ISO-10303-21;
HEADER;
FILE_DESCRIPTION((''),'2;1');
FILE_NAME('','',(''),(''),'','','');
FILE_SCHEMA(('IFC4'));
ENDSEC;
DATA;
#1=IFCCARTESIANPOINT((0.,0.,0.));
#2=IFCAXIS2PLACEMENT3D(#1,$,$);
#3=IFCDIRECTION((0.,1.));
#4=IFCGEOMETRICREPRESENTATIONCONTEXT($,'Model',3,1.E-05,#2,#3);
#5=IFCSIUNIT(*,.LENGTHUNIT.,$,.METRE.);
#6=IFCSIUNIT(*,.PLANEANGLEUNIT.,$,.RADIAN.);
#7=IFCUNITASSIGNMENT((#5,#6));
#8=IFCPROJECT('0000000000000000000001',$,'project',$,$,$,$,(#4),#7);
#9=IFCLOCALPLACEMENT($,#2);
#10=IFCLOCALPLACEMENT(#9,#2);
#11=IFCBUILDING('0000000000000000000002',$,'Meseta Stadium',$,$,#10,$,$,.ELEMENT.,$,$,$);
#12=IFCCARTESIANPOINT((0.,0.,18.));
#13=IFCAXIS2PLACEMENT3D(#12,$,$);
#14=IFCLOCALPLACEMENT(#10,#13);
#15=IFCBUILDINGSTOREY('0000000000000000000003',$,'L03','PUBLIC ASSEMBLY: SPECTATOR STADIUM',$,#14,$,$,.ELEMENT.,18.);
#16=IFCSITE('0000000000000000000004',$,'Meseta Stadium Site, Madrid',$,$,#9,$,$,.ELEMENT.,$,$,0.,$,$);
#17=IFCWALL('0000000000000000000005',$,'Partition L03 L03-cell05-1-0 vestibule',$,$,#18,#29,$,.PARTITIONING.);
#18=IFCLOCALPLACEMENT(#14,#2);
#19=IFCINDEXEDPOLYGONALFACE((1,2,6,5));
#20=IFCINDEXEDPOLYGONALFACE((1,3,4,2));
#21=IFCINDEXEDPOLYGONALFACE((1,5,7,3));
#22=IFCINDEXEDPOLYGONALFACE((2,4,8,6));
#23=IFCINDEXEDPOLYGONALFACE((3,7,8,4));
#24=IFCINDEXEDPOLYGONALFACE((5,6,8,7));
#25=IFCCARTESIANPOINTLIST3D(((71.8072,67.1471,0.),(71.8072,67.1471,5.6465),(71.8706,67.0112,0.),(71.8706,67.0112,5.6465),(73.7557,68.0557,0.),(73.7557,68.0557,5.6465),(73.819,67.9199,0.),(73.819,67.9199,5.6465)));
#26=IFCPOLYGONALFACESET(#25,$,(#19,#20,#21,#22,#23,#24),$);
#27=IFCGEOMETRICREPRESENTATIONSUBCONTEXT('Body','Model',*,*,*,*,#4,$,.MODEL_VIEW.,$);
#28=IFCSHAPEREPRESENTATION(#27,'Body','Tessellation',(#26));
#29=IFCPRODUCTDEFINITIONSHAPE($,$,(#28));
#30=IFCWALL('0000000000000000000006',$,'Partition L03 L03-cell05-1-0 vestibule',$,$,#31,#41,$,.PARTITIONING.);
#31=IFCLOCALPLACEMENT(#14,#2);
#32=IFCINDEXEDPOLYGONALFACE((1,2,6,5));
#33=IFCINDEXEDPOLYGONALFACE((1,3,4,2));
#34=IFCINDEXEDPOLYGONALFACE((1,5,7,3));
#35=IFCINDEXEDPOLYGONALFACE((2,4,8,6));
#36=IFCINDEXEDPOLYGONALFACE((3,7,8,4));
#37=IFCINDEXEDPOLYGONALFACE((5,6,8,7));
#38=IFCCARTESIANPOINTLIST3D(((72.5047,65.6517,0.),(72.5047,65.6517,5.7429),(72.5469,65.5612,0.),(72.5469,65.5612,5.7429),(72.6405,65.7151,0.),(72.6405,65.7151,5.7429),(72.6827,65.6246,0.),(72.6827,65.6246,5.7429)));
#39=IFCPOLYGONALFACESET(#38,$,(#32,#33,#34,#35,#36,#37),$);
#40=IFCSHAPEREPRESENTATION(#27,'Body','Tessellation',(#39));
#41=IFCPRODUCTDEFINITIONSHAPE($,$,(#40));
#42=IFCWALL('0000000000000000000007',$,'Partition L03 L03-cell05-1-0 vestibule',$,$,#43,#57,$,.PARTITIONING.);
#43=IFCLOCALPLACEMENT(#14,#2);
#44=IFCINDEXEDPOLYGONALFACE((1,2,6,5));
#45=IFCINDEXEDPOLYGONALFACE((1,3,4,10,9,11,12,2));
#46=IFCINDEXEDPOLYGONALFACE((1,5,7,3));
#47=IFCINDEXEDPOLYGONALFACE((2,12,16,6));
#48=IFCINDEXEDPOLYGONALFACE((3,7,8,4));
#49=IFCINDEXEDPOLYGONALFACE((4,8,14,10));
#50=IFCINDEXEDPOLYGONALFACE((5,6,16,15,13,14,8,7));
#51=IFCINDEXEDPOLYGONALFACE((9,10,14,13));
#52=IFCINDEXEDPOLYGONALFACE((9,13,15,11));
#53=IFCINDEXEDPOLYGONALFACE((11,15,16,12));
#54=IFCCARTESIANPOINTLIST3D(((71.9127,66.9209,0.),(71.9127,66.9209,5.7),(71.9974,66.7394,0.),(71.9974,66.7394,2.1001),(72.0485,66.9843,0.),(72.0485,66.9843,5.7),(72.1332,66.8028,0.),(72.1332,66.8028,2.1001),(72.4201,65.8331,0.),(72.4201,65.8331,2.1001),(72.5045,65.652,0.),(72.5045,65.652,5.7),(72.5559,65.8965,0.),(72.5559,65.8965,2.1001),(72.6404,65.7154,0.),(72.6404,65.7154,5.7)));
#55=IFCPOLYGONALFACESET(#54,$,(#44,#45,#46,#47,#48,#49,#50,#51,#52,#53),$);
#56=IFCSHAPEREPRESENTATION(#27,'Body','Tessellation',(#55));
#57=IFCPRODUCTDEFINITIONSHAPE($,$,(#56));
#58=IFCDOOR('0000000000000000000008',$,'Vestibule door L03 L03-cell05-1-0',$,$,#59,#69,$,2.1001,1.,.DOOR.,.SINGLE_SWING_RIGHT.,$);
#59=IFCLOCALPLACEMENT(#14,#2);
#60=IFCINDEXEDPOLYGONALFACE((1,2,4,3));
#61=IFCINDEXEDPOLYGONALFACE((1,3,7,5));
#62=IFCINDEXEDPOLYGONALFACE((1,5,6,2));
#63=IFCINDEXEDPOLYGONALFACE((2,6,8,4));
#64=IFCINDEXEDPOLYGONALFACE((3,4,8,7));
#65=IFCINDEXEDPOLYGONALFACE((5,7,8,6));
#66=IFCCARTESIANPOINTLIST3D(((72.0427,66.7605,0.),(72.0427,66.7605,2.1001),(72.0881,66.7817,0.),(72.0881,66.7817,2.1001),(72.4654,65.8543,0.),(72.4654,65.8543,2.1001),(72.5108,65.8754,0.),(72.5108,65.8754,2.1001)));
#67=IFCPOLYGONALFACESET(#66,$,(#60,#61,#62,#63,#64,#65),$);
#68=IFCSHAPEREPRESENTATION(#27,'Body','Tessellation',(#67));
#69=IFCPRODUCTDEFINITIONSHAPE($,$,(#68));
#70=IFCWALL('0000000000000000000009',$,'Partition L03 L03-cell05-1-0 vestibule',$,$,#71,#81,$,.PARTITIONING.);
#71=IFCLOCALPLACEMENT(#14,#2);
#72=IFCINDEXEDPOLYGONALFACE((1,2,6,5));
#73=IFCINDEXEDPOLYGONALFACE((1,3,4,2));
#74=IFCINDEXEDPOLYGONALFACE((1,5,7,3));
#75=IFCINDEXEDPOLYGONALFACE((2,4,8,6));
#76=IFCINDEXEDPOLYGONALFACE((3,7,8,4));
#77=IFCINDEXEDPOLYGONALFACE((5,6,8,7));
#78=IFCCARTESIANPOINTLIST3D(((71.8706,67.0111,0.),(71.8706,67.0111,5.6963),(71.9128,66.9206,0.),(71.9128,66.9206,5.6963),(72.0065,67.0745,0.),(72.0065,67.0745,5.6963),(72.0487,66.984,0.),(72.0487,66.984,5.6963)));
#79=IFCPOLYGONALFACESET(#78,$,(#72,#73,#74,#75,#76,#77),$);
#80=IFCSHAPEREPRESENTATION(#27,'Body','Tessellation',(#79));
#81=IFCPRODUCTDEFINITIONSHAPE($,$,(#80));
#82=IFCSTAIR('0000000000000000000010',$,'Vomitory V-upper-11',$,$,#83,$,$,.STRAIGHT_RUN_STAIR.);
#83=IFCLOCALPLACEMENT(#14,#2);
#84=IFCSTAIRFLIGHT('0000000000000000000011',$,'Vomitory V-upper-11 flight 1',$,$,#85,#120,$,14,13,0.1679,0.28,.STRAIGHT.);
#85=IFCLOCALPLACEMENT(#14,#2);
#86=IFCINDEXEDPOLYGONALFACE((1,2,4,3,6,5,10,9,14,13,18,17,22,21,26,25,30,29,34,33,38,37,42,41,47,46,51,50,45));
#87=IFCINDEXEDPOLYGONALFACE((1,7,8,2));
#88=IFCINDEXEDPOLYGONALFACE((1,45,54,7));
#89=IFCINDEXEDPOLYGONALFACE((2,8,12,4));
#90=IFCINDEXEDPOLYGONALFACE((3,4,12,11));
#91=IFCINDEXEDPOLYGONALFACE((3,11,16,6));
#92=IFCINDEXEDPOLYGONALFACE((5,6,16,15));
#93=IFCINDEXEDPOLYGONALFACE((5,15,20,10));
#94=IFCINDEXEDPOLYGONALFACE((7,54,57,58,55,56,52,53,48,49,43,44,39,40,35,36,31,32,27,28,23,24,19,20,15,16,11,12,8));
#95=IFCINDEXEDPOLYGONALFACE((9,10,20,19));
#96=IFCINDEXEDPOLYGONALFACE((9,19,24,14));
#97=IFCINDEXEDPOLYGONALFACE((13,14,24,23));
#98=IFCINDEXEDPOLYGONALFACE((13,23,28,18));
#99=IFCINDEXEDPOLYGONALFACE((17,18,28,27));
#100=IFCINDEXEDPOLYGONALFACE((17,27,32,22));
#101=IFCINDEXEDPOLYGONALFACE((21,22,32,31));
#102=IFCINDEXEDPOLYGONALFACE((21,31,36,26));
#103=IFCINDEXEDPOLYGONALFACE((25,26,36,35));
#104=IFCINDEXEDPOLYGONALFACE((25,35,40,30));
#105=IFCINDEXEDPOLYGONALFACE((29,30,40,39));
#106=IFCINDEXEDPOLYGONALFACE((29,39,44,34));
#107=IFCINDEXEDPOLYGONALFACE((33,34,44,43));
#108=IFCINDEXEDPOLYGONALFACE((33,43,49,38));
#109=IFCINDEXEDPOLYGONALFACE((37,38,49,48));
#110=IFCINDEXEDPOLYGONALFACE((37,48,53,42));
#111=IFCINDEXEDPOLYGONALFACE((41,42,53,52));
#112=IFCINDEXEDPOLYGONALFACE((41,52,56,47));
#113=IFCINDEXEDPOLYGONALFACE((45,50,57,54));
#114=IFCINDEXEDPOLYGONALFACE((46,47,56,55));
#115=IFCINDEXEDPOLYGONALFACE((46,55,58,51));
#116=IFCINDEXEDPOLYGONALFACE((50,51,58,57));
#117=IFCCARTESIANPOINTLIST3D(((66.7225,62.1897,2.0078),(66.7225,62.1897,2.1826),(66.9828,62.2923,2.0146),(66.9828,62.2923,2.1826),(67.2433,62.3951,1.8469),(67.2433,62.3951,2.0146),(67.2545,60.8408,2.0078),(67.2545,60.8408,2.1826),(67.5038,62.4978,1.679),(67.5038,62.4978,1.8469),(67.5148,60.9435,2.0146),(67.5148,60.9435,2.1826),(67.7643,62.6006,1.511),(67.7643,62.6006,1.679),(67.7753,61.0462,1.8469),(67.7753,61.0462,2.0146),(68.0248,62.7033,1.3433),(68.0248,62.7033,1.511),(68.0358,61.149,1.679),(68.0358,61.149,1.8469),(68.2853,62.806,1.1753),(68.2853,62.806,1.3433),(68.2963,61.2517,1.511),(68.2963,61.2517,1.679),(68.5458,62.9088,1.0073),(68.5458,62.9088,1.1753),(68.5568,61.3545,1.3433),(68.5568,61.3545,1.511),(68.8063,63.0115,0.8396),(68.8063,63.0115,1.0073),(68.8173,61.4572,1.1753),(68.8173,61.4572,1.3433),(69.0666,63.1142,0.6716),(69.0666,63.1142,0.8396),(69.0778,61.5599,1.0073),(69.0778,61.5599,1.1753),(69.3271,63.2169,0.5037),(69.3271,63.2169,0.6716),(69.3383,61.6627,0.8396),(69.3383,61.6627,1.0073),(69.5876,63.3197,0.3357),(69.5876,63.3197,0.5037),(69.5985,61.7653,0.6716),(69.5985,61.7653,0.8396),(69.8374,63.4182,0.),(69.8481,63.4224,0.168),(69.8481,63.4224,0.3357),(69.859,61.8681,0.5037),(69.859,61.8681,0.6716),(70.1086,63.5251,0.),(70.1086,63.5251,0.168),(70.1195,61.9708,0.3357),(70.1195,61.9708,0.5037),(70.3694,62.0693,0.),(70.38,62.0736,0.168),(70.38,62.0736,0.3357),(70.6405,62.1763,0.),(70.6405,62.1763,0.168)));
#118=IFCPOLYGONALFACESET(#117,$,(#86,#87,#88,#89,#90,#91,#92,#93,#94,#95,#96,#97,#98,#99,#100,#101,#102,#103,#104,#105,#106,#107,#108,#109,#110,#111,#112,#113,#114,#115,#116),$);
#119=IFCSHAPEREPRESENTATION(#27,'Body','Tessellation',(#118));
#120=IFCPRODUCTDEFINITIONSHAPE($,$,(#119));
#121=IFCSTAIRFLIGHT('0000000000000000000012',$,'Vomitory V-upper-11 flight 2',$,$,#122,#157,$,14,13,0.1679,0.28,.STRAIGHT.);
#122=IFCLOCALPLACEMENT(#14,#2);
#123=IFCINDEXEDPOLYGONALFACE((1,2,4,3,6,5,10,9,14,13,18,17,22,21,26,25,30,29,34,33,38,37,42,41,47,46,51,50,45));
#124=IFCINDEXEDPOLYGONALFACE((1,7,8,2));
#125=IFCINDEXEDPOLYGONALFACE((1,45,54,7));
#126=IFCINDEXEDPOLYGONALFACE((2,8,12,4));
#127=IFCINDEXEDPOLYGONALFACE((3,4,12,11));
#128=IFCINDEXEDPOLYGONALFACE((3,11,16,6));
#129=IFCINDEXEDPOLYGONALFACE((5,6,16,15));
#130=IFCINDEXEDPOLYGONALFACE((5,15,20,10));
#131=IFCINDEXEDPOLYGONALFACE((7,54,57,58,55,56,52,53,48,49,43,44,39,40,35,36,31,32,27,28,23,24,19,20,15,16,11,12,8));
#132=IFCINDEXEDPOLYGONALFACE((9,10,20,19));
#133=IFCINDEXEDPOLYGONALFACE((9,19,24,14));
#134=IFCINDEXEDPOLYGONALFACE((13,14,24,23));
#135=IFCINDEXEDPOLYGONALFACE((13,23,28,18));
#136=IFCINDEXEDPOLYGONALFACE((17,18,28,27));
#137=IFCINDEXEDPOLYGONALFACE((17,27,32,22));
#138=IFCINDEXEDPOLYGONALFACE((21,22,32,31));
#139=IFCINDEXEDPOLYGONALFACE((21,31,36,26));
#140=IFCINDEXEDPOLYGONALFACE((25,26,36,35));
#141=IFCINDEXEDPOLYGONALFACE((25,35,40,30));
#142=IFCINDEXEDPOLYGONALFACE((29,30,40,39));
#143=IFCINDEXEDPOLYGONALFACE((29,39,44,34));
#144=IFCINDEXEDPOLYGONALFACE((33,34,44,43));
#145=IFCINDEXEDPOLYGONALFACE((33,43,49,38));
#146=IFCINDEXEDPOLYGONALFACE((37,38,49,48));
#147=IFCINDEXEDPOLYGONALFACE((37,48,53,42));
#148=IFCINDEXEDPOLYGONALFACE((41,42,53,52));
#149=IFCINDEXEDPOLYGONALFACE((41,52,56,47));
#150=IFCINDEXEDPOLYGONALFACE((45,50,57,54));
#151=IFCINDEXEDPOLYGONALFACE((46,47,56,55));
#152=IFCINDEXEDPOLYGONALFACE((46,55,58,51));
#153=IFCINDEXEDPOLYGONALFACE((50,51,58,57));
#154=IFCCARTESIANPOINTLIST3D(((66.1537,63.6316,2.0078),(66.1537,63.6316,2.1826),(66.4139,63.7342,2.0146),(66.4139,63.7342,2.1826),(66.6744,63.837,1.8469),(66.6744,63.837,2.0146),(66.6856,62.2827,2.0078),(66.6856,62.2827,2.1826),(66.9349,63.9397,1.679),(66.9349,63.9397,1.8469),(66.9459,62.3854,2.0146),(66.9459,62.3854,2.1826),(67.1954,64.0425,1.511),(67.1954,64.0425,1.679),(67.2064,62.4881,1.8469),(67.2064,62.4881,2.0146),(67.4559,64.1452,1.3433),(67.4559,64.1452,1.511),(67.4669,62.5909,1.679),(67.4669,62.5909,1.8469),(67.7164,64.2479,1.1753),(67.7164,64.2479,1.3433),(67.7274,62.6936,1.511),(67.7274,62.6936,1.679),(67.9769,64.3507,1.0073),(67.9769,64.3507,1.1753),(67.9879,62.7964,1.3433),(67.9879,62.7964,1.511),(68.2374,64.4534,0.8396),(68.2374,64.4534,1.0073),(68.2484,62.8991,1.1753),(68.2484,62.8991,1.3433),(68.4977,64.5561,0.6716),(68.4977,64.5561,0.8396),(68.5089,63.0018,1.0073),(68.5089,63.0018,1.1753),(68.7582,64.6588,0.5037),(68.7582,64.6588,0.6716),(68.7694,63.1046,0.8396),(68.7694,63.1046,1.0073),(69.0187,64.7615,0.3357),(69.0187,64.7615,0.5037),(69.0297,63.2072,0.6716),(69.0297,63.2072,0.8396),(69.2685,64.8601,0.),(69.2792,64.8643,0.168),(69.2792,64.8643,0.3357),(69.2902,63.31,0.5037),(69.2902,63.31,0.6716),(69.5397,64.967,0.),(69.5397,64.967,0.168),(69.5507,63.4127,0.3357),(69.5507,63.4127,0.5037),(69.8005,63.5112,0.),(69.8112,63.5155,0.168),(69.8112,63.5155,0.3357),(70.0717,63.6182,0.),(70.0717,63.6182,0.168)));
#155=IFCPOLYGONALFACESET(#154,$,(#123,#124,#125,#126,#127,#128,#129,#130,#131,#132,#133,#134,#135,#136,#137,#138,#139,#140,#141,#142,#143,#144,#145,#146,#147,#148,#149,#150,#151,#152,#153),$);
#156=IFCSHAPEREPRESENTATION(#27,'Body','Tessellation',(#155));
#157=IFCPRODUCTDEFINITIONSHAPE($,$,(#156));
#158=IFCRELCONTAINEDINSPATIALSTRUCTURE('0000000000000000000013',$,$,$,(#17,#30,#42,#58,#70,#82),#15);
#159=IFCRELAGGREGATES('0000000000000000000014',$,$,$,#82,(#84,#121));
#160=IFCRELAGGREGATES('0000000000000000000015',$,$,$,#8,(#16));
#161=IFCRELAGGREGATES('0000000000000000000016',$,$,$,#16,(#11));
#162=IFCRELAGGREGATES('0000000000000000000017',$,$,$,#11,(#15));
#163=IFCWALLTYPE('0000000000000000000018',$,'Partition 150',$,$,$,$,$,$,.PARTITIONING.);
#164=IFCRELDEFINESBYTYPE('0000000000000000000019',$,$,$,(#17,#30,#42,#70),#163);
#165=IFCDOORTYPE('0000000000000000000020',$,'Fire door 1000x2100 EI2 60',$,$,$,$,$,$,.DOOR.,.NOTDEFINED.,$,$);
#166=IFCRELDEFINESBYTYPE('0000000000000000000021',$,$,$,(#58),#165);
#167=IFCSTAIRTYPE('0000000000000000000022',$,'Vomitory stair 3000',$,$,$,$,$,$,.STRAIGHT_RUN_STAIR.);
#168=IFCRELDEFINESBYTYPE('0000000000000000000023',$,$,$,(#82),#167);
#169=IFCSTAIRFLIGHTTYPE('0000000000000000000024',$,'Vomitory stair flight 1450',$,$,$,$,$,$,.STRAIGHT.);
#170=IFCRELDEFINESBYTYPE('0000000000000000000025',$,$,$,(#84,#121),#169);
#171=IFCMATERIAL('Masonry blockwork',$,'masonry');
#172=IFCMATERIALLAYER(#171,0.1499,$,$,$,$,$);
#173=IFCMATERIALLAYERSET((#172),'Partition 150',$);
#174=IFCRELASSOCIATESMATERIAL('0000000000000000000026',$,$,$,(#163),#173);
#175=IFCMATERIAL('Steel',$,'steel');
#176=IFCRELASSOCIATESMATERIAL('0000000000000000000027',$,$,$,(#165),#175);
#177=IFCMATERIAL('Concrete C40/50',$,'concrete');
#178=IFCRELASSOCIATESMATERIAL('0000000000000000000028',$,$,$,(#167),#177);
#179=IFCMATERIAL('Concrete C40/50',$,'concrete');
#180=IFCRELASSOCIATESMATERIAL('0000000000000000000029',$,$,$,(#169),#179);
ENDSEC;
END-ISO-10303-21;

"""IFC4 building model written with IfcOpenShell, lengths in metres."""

from ifc_helpers import new_model, si_unit, direction, frame, frame_2d, origin, place, context, subcontext, project, spatial, polyline, rectangle, outline, extrude, material, layer, layer_set, type_object, element, fill, aggregate, save


model = new_model("IFC4")

# Units and contexts
model_context = context("Model", 3, precision=1e-05, world=origin(), true_north=direction((0.0, 1.0)))
body_context = subcontext(model_context, "Body", "Model", "MODEL_VIEW")
ifc_project = project(units=[si_unit("LENGTHUNIT", "METRE"), si_unit("PLANEANGLEUNIT", "RADIAN")], contexts=[model_context])

# Site, building, storey
site_placement = place(None, origin())
site = spatial("IfcSite", under=ifc_project, at=site_placement, Name="Meseta Stadium Site, Madrid", CompositionType="ELEMENT", RefElevation=0.0)
building_placement = place(site_placement, origin())
building = spatial("IfcBuilding", under=site, at=building_placement, Name="Meseta Stadium", CompositionType="ELEMENT")
storey_placement = place(building_placement, frame((0.0, 0.0, 18.0)))
storey = spatial("IfcBuildingStorey", under=building, at=storey_placement, Name="L03", Description="PUBLIC ASSEMBLY: SPECTATOR STADIUM", CompositionType="ELEMENT", Elevation=18.0)

# Walls
ifc_material_1 = material(Name="Masonry blockwork", Category="masonry")
ifc_layer_1 = layer(ifc_material_1, 0.1499)
ifc_layer_set_1 = layer_set([ifc_layer_1], Name="Partition 150")
wall_type_1 = type_object("IfcWallType", Name="Partition 150", PredefinedType="PARTITIONING", material=ifc_layer_set_1)
wall_1_placement = place(storey_placement, frame((73.7874, 67.9878, 0.0), z_axis=(0.0, 0.0, 1.0), x_axis=(-0.90629, -0.422655, 0.0)))
element("IfcWall", 1, at=wall_1_placement, inside=storey, type_object=wall_type_1, Name="Partition L03 L03-cell05-1-0 vestibule", PredefinedType="PARTITIONING", context=body_context, shape_type="SweptSolid", body=[
    extrude(rectangle(XDim=2.1499, YDim=0.1499, at=frame_2d((1.075, 0.0))), origin(), (0.0, 0.0, 1.0), 5.6465),
])
wall_2_placement = place(storey_placement, frame((72.6147, 65.593, 0.0), z_axis=(0.0, 0.0, 1.0), x_axis=(-0.422618, 0.906308, 0.0)))
element("IfcWall", 2, at=wall_2_placement, inside=storey, type_object=wall_type_1, Name="Partition L03 L03-cell05-1-0 vestibule", PredefinedType="PARTITIONING", context=body_context, shape_type="SweptSolid", body=[
    extrude(rectangle(XDim=0.0999, YDim=0.1499, at=frame_2d((0.0498, 0.0))), origin(), (0.0, 0.0, 1.0), 5.7429),
])

# Wall, opening, door
wall_3_placement = place(storey_placement, frame((72.5725, 65.6836, 0.0), z_axis=(0.0, 0.0, 1.0), x_axis=(-0.422704, 0.906268, 0.0)))
wall_3 = element("IfcWall", 3, at=wall_3_placement, inside=storey, type_object=wall_type_1, Name="Partition L03 L03-cell05-1-0 vestibule", PredefinedType="PARTITIONING", context=body_context, shape_type="SweptSolid", body=[
    extrude(rectangle(XDim=1.4001, YDim=0.1499, at=frame_2d((0.7002, 0.0))), origin(), (0.0, 0.0, 1.0), 5.7),
])
opening_1_placement = place(wall_3_placement, frame((0.2, 0.0, 0.0)))
opening_1 = element("IfcOpeningElement", 4, at=opening_1_placement, cuts=wall_3, PredefinedType="OPENING", context=body_context, shape_type="SweptSolid", body=[
    extrude(rectangle(XDim=1.0, YDim=2.1001, at=frame_2d((0.5, 1.05))), frame((0.0, 0.085, 0.0), z_axis=(0.0, -1.0, 0.0), x_axis=(1.0, 0.0, 0.0)), (0.0, 0.0, 1.0), 0.1699),
])
ifc_material_2 = material(Name="Steel", Category="steel")
door_type_1 = type_object("IfcDoorType", Name="Fire door 1000x2100 EI2 60", OperationType="NOTDEFINED", PredefinedType="DOOR", material=ifc_material_2)
door_1_placement = place(opening_1_placement, origin())
door_1 = element("IfcDoor", 5, at=door_1_placement, inside=storey, type_object=door_type_1, Name="Vestibule door L03 L03-cell05-1-0", OperationType="SINGLE_SWING_RIGHT", OverallHeight=2.1001, OverallWidth=1.0, PredefinedType="DOOR", context=body_context, shape_type="SweptSolid", body=[
    extrude(rectangle(XDim=1.0, YDim=2.1001, at=frame_2d((0.5, 1.05))), frame((0.0, 0.0249, 0.0), z_axis=(0.0, -1.0, 0.0), x_axis=(1.0, 0.0, 0.0)), (0.0, 0.0, 1.0), 0.05),
])
fill(opening_1, door_1)

# Wall
wall_4_placement = place(storey_placement, frame((71.9807, 66.9524, 0.0), z_axis=(0.0, 0.0, 1.0), x_axis=(-0.422618, 0.906308, 0.0)))
element("IfcWall", 6, at=wall_4_placement, inside=storey, type_object=wall_type_1, Name="Partition L03 L03-cell05-1-0 vestibule", PredefinedType="PARTITIONING", context=body_context, shape_type="SweptSolid", body=[
    extrude(rectangle(XDim=0.0999, YDim=0.1499, at=frame_2d((0.0498, 0.0))), origin(), (0.0, 0.0, 1.0), 5.6963),
])

# Stair, stair flights
ifc_material_3 = material(Name="Concrete C40/50", Category="concrete")
stair_type = type_object("IfcStairType", Name="Vomitory stair 3000", PredefinedType="STRAIGHT_RUN_STAIR", material=ifc_material_3)
stair_1_placement = place(storey_placement, origin())
stair_1 = element("IfcStair", 7, at=stair_1_placement, inside=storey, type_object=stair_type, Name="Vomitory V-upper-11", PredefinedType="STRAIGHT_RUN_STAIR")
ifc_material_4 = material(Name="Concrete C40/50", Category="concrete")
stair_flight_type = type_object("IfcStairFlightType", Name="Vomitory stair flight 1450", PredefinedType="STRAIGHT", material=ifc_material_4)
stair_flight_1_placement = place(storey_placement, frame((70.3745, 62.8508, 0.0), z_axis=(0.0, 0.0, 1.0), x_axis=(-0.930263, -0.366893, 0.0)))
stair_flight_1 = element("IfcStairFlight", 8, at=stair_flight_1_placement, type_object=stair_flight_type, Name="Vomitory V-upper-11 flight 1", NumberOfRisers=14, NumberOfTreads=13, PredefinedType="STRAIGHT", RiserHeight=0.1679, TreadLength=0.28, context=body_context, shape_type="SweptSolid", body=[
    extrude(outline(polyline([(0.0, 0.0), (0.0, 0.168), (0.28, 0.168), (0.28, 0.3357), (0.5601, 0.3357), (0.5601, 0.5037), (0.8401, 0.5037), (0.8401, 0.6716), (1.1201, 0.6716), (1.1201, 0.8396), (1.3999, 0.8396), (1.3999, 1.0073), (1.6799, 1.0073), (1.6799, 1.1753), (1.96, 1.1753), (1.96, 1.3433), (2.24, 1.3433), (2.24, 1.511), (2.52, 1.511), (2.52, 1.679), (2.8, 1.679), (2.8, 1.8469), (3.0801, 1.8469), (3.0801, 2.0146), (3.3601, 2.0146), (3.3601, 2.1826), (3.6399, 2.1826), (3.6399, 2.0078), (0.2915, 0.0), (0.0, 0.0)])), frame((0.0, 0.7251, 0.0), z_axis=(0.0, -1.0, 0.0), x_axis=(1.0, 0.0, 0.0)), (0.0, 0.0, 1.0), 1.45),
])
stair_flight_2_placement = place(storey_placement, frame((69.8057, 64.2927, 0.0), z_axis=(0.0, 0.0, 1.0), x_axis=(-0.930263, -0.366893, 0.0)))
stair_flight_2 = element("IfcStairFlight", 9, at=stair_flight_2_placement, type_object=stair_flight_type, Name="Vomitory V-upper-11 flight 2", NumberOfRisers=14, NumberOfTreads=13, PredefinedType="STRAIGHT", RiserHeight=0.1679, TreadLength=0.28, context=body_context, shape_type="SweptSolid", body=[
    extrude(outline(polyline([(0.0, 0.0), (0.0, 0.168), (0.28, 0.168), (0.28, 0.3357), (0.5601, 0.3357), (0.5601, 0.5037), (0.8401, 0.5037), (0.8401, 0.6716), (1.1201, 0.6716), (1.1201, 0.8396), (1.3999, 0.8396), (1.3999, 1.0073), (1.6799, 1.0073), (1.6799, 1.1753), (1.96, 1.1753), (1.96, 1.3433), (2.24, 1.3433), (2.24, 1.511), (2.52, 1.511), (2.52, 1.679), (2.8, 1.679), (2.8, 1.8469), (3.0801, 1.8469), (3.0801, 2.0146), (3.3601, 2.0146), (3.3601, 2.1826), (3.6399, 2.1826), (3.6399, 2.0078), (0.2915, 0.0), (0.0, 0.0)])), frame((0.0, 0.7251, 0.0), z_axis=(0.0, -1.0, 0.0), x_axis=(1.0, 0.0, 0.0)), (0.0, 0.0, 1.0), 1.45),
])
aggregate(stair_1, [stair_flight_1, stair_flight_2])

save(model, "model.ifc")
